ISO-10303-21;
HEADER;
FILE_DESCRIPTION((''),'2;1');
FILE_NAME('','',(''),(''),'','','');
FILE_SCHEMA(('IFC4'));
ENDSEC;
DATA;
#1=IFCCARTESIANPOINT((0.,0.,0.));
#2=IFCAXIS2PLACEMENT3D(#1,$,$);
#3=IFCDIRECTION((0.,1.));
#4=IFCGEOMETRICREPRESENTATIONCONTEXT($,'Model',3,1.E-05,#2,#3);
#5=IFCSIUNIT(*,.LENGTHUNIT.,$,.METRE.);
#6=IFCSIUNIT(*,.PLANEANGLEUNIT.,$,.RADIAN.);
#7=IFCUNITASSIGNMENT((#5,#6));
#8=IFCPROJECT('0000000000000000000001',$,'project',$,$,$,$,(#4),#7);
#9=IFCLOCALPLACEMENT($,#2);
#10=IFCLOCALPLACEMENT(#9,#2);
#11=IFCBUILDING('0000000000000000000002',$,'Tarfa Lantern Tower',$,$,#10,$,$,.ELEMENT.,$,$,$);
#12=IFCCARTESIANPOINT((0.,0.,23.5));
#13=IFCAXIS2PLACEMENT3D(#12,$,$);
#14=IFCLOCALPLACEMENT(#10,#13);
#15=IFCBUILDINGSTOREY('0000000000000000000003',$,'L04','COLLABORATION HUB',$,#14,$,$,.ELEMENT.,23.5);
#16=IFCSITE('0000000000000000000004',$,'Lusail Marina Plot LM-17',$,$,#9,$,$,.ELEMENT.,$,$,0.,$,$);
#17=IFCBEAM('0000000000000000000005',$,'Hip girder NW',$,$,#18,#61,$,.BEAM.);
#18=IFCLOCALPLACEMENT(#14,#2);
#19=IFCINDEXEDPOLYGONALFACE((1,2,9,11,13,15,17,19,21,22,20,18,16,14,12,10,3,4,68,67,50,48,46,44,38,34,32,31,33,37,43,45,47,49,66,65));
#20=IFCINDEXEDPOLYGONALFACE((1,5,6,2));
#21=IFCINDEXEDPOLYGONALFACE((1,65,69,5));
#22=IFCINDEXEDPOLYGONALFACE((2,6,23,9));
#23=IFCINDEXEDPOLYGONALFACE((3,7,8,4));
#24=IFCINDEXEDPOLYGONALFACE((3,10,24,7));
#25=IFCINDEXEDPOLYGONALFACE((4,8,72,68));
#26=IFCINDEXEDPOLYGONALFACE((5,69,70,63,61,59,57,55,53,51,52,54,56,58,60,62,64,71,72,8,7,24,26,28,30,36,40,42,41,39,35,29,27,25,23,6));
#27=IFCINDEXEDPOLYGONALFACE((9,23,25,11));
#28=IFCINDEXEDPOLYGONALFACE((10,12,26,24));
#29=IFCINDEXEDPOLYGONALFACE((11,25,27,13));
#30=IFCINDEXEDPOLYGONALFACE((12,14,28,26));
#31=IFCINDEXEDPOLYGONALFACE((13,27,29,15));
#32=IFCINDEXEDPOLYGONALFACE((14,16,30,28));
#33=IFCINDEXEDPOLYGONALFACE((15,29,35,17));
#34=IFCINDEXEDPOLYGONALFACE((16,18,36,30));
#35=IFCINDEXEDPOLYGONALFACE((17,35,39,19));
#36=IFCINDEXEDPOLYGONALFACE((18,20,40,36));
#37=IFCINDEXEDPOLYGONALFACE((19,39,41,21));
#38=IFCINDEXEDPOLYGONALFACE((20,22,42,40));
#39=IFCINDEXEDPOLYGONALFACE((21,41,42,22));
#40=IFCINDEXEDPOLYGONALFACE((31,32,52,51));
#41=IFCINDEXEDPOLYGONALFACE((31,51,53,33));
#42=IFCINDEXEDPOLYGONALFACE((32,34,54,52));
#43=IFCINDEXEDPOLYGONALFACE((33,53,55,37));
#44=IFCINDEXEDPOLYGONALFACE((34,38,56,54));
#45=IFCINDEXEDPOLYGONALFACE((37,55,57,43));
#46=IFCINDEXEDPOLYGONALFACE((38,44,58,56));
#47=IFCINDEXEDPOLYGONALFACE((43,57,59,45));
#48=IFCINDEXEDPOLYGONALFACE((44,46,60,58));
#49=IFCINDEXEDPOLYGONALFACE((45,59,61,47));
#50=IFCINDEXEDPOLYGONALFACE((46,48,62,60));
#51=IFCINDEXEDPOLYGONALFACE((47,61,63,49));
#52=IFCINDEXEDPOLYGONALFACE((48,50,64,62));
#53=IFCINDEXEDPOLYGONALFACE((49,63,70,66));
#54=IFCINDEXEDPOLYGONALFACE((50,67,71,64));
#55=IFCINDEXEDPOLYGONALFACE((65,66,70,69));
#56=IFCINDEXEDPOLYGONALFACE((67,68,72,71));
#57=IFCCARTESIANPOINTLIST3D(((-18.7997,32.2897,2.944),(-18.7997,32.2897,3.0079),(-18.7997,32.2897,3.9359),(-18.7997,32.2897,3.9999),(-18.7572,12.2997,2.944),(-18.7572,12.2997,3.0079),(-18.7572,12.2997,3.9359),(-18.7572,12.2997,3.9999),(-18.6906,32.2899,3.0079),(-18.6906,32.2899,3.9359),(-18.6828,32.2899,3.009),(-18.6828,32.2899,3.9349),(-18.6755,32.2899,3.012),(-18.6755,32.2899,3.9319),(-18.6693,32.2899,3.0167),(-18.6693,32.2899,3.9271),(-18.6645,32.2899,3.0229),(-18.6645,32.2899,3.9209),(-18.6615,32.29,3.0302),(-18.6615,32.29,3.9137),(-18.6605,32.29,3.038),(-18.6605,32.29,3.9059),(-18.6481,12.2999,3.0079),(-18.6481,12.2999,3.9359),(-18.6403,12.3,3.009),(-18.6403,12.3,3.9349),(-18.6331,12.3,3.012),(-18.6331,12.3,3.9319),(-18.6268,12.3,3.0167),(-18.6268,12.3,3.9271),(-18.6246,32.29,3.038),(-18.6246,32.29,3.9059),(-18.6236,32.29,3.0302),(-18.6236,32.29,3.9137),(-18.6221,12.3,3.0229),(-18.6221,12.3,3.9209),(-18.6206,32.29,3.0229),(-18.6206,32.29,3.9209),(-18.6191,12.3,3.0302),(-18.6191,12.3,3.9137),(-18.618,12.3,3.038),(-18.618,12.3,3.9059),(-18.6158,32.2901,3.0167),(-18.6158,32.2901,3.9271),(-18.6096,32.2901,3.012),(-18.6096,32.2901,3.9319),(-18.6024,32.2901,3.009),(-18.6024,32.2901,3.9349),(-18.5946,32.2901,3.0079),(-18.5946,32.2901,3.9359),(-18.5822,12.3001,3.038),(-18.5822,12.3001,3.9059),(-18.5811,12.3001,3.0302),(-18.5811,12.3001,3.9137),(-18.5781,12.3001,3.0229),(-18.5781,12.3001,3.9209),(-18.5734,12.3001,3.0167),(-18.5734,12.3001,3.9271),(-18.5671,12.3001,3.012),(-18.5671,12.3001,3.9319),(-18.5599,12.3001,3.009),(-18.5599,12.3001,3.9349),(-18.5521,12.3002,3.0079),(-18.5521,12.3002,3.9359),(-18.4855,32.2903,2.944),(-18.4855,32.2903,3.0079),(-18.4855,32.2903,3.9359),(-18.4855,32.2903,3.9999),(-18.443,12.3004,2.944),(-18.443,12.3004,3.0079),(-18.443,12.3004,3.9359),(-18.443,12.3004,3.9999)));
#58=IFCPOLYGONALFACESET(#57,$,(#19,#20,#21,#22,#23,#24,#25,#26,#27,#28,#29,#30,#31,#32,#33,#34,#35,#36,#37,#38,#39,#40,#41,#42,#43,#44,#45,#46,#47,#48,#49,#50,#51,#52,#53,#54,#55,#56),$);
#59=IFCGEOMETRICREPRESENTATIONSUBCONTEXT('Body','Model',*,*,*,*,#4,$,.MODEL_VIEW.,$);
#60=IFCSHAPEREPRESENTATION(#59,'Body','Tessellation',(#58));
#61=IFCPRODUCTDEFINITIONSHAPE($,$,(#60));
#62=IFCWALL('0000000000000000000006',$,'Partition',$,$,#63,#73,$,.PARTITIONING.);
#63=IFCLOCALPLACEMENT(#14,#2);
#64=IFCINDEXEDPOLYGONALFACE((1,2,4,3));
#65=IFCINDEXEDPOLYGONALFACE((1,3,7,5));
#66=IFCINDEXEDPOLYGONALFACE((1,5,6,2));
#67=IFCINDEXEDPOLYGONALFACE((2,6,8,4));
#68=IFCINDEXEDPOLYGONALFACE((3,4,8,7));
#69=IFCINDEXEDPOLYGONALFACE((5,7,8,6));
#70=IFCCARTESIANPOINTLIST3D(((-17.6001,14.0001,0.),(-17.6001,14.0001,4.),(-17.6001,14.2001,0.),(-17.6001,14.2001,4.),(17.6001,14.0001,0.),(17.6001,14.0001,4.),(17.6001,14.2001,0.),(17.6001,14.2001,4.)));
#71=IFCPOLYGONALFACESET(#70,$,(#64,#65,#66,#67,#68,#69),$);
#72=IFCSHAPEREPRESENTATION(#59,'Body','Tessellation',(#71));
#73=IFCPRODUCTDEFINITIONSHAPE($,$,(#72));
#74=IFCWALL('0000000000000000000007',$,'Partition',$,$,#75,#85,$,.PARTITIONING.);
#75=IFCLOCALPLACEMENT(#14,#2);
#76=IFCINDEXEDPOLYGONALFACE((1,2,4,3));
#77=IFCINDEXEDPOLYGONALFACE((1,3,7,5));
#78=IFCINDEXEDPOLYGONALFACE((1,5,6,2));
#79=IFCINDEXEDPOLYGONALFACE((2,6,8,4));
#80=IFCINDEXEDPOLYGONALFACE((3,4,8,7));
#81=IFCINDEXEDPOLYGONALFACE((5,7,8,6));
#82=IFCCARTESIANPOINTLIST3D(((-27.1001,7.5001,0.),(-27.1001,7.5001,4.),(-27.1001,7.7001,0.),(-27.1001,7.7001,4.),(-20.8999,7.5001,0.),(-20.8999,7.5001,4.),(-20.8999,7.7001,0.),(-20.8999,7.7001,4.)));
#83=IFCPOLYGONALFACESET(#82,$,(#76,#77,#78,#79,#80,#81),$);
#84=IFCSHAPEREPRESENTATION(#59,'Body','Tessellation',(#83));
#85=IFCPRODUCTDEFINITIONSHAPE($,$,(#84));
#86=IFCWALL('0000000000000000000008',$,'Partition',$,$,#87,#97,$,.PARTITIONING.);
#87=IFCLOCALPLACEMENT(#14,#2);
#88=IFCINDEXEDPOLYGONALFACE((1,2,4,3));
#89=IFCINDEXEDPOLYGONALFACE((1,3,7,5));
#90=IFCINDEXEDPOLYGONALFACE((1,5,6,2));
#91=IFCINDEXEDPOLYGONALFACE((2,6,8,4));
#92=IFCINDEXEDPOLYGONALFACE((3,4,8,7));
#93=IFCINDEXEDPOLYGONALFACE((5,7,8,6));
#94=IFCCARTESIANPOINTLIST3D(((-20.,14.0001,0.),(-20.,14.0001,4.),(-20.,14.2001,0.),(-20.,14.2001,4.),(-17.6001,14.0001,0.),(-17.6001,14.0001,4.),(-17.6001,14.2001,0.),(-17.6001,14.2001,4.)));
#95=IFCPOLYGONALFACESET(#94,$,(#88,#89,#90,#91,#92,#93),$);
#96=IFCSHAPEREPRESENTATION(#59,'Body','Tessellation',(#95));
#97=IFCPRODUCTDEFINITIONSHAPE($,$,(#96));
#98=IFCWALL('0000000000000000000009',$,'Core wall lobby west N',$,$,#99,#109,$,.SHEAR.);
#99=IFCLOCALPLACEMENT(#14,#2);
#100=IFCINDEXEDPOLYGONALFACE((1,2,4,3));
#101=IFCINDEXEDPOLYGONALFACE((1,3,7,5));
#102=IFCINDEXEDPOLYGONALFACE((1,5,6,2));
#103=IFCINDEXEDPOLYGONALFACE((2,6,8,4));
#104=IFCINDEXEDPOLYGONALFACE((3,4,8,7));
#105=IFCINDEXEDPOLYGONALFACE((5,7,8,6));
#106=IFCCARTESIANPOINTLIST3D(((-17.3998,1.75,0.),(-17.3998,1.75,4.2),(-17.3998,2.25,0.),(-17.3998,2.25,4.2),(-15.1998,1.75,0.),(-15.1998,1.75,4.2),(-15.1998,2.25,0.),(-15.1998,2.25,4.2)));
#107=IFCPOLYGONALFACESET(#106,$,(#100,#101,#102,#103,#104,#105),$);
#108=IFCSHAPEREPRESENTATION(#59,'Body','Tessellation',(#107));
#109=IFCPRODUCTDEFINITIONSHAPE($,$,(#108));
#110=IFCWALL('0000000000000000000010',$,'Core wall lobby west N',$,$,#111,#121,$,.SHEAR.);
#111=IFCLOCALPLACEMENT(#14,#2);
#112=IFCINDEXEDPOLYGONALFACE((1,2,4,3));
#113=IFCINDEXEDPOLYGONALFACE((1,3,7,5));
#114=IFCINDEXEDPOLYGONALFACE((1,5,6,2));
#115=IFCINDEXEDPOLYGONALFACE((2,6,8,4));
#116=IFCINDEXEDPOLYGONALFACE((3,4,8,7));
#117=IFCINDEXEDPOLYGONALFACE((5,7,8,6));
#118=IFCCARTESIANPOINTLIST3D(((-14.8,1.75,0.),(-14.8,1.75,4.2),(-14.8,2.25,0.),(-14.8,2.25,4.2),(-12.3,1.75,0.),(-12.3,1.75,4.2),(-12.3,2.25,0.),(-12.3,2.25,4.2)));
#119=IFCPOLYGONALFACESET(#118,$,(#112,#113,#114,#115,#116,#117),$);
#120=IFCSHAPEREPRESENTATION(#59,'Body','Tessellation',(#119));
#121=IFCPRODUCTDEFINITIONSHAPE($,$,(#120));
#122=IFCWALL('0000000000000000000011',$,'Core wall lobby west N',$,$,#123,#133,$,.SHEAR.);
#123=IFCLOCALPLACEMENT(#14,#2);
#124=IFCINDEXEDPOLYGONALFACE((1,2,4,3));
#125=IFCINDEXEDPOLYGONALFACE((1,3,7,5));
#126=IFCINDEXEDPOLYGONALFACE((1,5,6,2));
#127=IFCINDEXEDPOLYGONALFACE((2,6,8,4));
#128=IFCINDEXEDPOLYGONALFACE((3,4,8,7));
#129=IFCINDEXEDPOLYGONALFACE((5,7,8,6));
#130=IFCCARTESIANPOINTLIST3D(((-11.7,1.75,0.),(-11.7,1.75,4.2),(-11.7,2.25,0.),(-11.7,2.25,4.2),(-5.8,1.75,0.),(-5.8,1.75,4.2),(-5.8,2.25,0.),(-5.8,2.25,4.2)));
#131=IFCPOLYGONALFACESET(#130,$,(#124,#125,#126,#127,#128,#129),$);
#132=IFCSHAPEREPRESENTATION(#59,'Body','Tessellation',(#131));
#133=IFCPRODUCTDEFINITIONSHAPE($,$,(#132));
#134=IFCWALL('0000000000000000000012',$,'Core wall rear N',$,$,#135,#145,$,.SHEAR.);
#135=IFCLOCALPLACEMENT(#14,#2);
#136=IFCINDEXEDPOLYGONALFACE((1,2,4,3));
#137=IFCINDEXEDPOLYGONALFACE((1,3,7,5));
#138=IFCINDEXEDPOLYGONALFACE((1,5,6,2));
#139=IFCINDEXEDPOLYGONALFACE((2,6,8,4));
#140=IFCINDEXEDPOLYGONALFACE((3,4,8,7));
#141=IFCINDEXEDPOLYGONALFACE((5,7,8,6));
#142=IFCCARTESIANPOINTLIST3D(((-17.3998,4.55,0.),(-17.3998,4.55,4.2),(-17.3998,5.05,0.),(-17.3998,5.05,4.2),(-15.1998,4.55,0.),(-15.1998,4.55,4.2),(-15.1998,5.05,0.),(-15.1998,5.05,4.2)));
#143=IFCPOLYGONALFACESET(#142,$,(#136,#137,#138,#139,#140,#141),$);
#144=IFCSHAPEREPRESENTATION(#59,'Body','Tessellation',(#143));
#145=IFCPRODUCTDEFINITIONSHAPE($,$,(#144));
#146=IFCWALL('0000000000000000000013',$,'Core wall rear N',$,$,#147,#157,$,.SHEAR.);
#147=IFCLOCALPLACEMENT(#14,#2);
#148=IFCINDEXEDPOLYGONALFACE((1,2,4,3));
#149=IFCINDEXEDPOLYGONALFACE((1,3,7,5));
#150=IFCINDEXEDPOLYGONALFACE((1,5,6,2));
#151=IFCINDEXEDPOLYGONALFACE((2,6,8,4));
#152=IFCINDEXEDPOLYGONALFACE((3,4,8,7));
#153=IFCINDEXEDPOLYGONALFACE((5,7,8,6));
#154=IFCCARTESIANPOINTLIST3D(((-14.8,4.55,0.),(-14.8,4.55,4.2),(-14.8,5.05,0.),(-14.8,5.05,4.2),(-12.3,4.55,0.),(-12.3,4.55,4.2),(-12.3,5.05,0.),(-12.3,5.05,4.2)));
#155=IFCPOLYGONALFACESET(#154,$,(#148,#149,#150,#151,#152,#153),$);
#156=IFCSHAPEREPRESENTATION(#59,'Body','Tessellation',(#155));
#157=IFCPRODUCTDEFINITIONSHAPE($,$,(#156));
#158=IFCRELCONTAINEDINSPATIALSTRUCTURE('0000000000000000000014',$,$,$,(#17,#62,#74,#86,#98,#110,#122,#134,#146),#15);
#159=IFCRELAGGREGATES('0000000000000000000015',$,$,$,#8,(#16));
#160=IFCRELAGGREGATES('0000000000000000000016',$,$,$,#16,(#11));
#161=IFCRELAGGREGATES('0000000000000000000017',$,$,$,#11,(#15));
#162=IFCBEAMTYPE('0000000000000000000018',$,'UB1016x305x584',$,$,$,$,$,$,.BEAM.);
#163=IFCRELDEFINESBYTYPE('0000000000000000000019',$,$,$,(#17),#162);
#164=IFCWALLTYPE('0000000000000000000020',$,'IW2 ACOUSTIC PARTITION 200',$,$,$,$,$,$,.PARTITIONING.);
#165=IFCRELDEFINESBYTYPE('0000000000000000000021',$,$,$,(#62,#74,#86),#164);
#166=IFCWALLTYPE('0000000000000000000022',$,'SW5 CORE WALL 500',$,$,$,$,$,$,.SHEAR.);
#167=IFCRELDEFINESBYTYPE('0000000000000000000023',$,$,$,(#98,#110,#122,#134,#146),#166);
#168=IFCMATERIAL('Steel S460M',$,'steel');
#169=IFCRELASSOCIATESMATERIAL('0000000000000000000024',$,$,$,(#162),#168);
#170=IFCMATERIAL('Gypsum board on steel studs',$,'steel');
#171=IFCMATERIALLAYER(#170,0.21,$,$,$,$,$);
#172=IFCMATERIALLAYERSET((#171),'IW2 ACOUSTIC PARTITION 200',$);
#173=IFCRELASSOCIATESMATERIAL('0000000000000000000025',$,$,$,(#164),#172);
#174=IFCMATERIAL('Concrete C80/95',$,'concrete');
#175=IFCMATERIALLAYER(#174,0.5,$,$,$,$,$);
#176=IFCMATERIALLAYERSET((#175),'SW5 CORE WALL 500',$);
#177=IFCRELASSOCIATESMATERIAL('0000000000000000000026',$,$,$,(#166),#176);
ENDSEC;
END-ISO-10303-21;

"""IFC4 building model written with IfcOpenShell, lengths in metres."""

from ifc_helpers import new_model, si_unit, direction, frame, frame_2d, origin, origin_2d, place, context, subcontext, project, spatial, rectangle, i_section, extrude, material, layer, layer_set, material_profile, profile_set, type_object, element, save


model = new_model("IFC4")

# Units and contexts
model_context = context("Model", 3, precision=1e-05, world=origin(), true_north=direction((0.0, 1.0)))
body_context = subcontext(model_context, "Body", "Model", "MODEL_VIEW")
ifc_project = project(units=[si_unit("LENGTHUNIT", "METRE"), si_unit("PLANEANGLEUNIT", "RADIAN")], contexts=[model_context])

# Site, building, storey
site_placement = place(None, origin())
site = spatial("IfcSite", under=ifc_project, at=site_placement, Name="Lusail Marina Plot LM-17", CompositionType="ELEMENT", RefElevation=0.0)
building_placement = place(site_placement, origin())
building = spatial("IfcBuilding", under=site, at=building_placement, Name="Tarfa Lantern Tower", CompositionType="ELEMENT")
storey_placement = place(building_placement, frame((0.0, 0.0, 23.5)))
storey = spatial("IfcBuildingStorey", under=building, at=storey_placement, Name="L04", Description="COLLABORATION HUB", CompositionType="ELEMENT", Elevation=23.5)

# Beam
ifc_material_1 = material(Name="Steel S460M", Category="steel")
ifc_material_profile = material_profile(ifc_material_1, i_section(OverallWidth=0.3142, OverallDepth=1.0559, WebThickness=0.0359, FlangeThickness=0.064, FilletRadius=0.03, at=origin_2d()), Name="UB1016x305x584")
ifc_profile_set = profile_set([ifc_material_profile], Name="Steel S460M")
beam_type = type_object("IfcBeamType", Name="UB1016x305x584", PredefinedType="BEAM", material=ifc_profile_set)
beam_placement = place(storey_placement, frame((-18.6001, 12.3, 3.4719), z_axis=(-0.002125, 0.999998, 0.0), x_axis=(-0.999998, -0.002125, 0.0)))
element("IfcBeam", 1, at=beam_placement, inside=storey, type_object=beam_type, Name="Hip girder NW", PredefinedType="BEAM", context=body_context, shape_type="SweptSolid", body=[
    extrude(i_section(OverallWidth=0.3142, OverallDepth=1.0559, WebThickness=0.0359, FlangeThickness=0.064, FilletRadius=0.03, at=origin_2d()), origin(), (0.0, 0.0, 1.0), 19.99),
])

# Walls
ifc_material_2 = material(Name="Gypsum board on steel studs", Category="steel")
ifc_layer_1 = layer(ifc_material_2, 0.21)
ifc_layer_set_1 = layer_set([ifc_layer_1], Name="IW2 ACOUSTIC PARTITION 200")
wall_type_1 = type_object("IfcWallType", Name="IW2 ACOUSTIC PARTITION 200", PredefinedType="PARTITIONING", material=ifc_layer_set_1)
wall_1_placement = place(storey_placement, frame((-17.6001, 14.1001, 0.0), z_axis=(0.0, 0.0, 1.0), x_axis=(1.0, 0.0, 0.0)))
element("IfcWall", 2, at=wall_1_placement, inside=storey, type_object=wall_type_1, Name="Partition", PredefinedType="PARTITIONING", context=body_context, shape_type="SweptSolid", body=[
    extrude(rectangle(XDim=35.2002, YDim=0.2, at=frame_2d((17.6001, 0.0))), origin(), (0.0, 0.0, 1.0), 4.0),
])
wall_2_placement = place(storey_placement, frame((-20.8999, 7.6001, 0.0), z_axis=(0.0, 0.0, 1.0), x_axis=(-1.0, 0.0, 0.0)))
element("IfcWall", 3, at=wall_2_placement, inside=storey, type_object=wall_type_1, Name="Partition", PredefinedType="PARTITIONING", context=body_context, shape_type="SweptSolid", body=[
    extrude(rectangle(XDim=6.2002, YDim=0.2, at=frame_2d((3.1001, 0.0))), origin(), (0.0, 0.0, 1.0), 4.0),
])
wall_3_placement = place(storey_placement, frame((-20.0, 14.1001, 0.0), z_axis=(0.0, 0.0, 1.0), x_axis=(1.0, 0.0, 0.0)))
element("IfcWall", 4, at=wall_3_placement, inside=storey, type_object=wall_type_1, Name="Partition", PredefinedType="PARTITIONING", context=body_context, shape_type="SweptSolid", body=[
    extrude(rectangle(XDim=2.3999, YDim=0.2, at=frame_2d((1.2, 0.0))), origin(), (0.0, 0.0, 1.0), 4.0),
])

# Shared definitions
ifc_material_3 = material(Name="Concrete C80/95", Category="concrete")

# Walls
ifc_layer_2 = layer(ifc_material_3, 0.5)
ifc_layer_set_2 = layer_set([ifc_layer_2], Name="SW5 CORE WALL 500")
wall_type_2 = type_object("IfcWallType", Name="SW5 CORE WALL 500", PredefinedType="SHEAR", material=ifc_layer_set_2)
wall_4_placement = place(storey_placement, frame((-17.3999, 2.0, 0.0), z_axis=(0.0, 0.0, 1.0), x_axis=(1.0, 0.0, 0.0)))
element("IfcWall", 5, at=wall_4_placement, inside=storey, type_object=wall_type_2, Name="Core wall lobby west N", PredefinedType="SHEAR", context=body_context, shape_type="SweptSolid", body=[
    extrude(rectangle(XDim=2.2, YDim=0.5, at=frame_2d((1.1001, 0.0))), origin(), (0.0, 0.0, 1.0), 4.2),
])
wall_5_placement = place(storey_placement, frame((-14.8, 2.0, 0.0), z_axis=(0.0, 0.0, 1.0), x_axis=(1.0, 0.0, 0.0)))
element("IfcWall", 6, at=wall_5_placement, inside=storey, type_object=wall_type_2, Name="Core wall lobby west N", PredefinedType="SHEAR", context=body_context, shape_type="SweptSolid", body=[
    extrude(rectangle(XDim=2.5, YDim=0.5, at=frame_2d((1.25, 0.0))), origin(), (0.0, 0.0, 1.0), 4.2),
])
wall_6_placement = place(storey_placement, frame((-11.7, 2.0, 0.0), z_axis=(0.0, 0.0, 1.0), x_axis=(1.0, 0.0, 0.0)))
element("IfcWall", 7, at=wall_6_placement, inside=storey, type_object=wall_type_2, Name="Core wall lobby west N", PredefinedType="SHEAR", context=body_context, shape_type="SweptSolid", body=[
    extrude(rectangle(XDim=5.8999, YDim=0.5, at=frame_2d((2.95, 0.0))), origin(), (0.0, 0.0, 1.0), 4.2),
])
wall_7_placement = place(storey_placement, frame((-17.3999, 4.8, 0.0), z_axis=(0.0, 0.0, 1.0), x_axis=(1.0, 0.0, 0.0)))
element("IfcWall", 8, at=wall_7_placement, inside=storey, type_object=wall_type_2, Name="Core wall rear N", PredefinedType="SHEAR", context=body_context, shape_type="SweptSolid", body=[
    extrude(rectangle(XDim=2.2, YDim=0.5, at=frame_2d((1.1001, 0.0))), origin(), (0.0, 0.0, 1.0), 4.2),
])
wall_8_placement = place(storey_placement, frame((-14.8, 4.8, 0.0), z_axis=(0.0, 0.0, 1.0), x_axis=(1.0, 0.0, 0.0)))
element("IfcWall", 9, at=wall_8_placement, inside=storey, type_object=wall_type_2, Name="Core wall rear N", PredefinedType="SHEAR", context=body_context, shape_type="SweptSolid", body=[
    extrude(rectangle(XDim=2.5, YDim=0.5, at=frame_2d((1.25, 0.0))), origin(), (0.0, 0.0, 1.0), 4.2),
])

save(model, "model.ifc")
